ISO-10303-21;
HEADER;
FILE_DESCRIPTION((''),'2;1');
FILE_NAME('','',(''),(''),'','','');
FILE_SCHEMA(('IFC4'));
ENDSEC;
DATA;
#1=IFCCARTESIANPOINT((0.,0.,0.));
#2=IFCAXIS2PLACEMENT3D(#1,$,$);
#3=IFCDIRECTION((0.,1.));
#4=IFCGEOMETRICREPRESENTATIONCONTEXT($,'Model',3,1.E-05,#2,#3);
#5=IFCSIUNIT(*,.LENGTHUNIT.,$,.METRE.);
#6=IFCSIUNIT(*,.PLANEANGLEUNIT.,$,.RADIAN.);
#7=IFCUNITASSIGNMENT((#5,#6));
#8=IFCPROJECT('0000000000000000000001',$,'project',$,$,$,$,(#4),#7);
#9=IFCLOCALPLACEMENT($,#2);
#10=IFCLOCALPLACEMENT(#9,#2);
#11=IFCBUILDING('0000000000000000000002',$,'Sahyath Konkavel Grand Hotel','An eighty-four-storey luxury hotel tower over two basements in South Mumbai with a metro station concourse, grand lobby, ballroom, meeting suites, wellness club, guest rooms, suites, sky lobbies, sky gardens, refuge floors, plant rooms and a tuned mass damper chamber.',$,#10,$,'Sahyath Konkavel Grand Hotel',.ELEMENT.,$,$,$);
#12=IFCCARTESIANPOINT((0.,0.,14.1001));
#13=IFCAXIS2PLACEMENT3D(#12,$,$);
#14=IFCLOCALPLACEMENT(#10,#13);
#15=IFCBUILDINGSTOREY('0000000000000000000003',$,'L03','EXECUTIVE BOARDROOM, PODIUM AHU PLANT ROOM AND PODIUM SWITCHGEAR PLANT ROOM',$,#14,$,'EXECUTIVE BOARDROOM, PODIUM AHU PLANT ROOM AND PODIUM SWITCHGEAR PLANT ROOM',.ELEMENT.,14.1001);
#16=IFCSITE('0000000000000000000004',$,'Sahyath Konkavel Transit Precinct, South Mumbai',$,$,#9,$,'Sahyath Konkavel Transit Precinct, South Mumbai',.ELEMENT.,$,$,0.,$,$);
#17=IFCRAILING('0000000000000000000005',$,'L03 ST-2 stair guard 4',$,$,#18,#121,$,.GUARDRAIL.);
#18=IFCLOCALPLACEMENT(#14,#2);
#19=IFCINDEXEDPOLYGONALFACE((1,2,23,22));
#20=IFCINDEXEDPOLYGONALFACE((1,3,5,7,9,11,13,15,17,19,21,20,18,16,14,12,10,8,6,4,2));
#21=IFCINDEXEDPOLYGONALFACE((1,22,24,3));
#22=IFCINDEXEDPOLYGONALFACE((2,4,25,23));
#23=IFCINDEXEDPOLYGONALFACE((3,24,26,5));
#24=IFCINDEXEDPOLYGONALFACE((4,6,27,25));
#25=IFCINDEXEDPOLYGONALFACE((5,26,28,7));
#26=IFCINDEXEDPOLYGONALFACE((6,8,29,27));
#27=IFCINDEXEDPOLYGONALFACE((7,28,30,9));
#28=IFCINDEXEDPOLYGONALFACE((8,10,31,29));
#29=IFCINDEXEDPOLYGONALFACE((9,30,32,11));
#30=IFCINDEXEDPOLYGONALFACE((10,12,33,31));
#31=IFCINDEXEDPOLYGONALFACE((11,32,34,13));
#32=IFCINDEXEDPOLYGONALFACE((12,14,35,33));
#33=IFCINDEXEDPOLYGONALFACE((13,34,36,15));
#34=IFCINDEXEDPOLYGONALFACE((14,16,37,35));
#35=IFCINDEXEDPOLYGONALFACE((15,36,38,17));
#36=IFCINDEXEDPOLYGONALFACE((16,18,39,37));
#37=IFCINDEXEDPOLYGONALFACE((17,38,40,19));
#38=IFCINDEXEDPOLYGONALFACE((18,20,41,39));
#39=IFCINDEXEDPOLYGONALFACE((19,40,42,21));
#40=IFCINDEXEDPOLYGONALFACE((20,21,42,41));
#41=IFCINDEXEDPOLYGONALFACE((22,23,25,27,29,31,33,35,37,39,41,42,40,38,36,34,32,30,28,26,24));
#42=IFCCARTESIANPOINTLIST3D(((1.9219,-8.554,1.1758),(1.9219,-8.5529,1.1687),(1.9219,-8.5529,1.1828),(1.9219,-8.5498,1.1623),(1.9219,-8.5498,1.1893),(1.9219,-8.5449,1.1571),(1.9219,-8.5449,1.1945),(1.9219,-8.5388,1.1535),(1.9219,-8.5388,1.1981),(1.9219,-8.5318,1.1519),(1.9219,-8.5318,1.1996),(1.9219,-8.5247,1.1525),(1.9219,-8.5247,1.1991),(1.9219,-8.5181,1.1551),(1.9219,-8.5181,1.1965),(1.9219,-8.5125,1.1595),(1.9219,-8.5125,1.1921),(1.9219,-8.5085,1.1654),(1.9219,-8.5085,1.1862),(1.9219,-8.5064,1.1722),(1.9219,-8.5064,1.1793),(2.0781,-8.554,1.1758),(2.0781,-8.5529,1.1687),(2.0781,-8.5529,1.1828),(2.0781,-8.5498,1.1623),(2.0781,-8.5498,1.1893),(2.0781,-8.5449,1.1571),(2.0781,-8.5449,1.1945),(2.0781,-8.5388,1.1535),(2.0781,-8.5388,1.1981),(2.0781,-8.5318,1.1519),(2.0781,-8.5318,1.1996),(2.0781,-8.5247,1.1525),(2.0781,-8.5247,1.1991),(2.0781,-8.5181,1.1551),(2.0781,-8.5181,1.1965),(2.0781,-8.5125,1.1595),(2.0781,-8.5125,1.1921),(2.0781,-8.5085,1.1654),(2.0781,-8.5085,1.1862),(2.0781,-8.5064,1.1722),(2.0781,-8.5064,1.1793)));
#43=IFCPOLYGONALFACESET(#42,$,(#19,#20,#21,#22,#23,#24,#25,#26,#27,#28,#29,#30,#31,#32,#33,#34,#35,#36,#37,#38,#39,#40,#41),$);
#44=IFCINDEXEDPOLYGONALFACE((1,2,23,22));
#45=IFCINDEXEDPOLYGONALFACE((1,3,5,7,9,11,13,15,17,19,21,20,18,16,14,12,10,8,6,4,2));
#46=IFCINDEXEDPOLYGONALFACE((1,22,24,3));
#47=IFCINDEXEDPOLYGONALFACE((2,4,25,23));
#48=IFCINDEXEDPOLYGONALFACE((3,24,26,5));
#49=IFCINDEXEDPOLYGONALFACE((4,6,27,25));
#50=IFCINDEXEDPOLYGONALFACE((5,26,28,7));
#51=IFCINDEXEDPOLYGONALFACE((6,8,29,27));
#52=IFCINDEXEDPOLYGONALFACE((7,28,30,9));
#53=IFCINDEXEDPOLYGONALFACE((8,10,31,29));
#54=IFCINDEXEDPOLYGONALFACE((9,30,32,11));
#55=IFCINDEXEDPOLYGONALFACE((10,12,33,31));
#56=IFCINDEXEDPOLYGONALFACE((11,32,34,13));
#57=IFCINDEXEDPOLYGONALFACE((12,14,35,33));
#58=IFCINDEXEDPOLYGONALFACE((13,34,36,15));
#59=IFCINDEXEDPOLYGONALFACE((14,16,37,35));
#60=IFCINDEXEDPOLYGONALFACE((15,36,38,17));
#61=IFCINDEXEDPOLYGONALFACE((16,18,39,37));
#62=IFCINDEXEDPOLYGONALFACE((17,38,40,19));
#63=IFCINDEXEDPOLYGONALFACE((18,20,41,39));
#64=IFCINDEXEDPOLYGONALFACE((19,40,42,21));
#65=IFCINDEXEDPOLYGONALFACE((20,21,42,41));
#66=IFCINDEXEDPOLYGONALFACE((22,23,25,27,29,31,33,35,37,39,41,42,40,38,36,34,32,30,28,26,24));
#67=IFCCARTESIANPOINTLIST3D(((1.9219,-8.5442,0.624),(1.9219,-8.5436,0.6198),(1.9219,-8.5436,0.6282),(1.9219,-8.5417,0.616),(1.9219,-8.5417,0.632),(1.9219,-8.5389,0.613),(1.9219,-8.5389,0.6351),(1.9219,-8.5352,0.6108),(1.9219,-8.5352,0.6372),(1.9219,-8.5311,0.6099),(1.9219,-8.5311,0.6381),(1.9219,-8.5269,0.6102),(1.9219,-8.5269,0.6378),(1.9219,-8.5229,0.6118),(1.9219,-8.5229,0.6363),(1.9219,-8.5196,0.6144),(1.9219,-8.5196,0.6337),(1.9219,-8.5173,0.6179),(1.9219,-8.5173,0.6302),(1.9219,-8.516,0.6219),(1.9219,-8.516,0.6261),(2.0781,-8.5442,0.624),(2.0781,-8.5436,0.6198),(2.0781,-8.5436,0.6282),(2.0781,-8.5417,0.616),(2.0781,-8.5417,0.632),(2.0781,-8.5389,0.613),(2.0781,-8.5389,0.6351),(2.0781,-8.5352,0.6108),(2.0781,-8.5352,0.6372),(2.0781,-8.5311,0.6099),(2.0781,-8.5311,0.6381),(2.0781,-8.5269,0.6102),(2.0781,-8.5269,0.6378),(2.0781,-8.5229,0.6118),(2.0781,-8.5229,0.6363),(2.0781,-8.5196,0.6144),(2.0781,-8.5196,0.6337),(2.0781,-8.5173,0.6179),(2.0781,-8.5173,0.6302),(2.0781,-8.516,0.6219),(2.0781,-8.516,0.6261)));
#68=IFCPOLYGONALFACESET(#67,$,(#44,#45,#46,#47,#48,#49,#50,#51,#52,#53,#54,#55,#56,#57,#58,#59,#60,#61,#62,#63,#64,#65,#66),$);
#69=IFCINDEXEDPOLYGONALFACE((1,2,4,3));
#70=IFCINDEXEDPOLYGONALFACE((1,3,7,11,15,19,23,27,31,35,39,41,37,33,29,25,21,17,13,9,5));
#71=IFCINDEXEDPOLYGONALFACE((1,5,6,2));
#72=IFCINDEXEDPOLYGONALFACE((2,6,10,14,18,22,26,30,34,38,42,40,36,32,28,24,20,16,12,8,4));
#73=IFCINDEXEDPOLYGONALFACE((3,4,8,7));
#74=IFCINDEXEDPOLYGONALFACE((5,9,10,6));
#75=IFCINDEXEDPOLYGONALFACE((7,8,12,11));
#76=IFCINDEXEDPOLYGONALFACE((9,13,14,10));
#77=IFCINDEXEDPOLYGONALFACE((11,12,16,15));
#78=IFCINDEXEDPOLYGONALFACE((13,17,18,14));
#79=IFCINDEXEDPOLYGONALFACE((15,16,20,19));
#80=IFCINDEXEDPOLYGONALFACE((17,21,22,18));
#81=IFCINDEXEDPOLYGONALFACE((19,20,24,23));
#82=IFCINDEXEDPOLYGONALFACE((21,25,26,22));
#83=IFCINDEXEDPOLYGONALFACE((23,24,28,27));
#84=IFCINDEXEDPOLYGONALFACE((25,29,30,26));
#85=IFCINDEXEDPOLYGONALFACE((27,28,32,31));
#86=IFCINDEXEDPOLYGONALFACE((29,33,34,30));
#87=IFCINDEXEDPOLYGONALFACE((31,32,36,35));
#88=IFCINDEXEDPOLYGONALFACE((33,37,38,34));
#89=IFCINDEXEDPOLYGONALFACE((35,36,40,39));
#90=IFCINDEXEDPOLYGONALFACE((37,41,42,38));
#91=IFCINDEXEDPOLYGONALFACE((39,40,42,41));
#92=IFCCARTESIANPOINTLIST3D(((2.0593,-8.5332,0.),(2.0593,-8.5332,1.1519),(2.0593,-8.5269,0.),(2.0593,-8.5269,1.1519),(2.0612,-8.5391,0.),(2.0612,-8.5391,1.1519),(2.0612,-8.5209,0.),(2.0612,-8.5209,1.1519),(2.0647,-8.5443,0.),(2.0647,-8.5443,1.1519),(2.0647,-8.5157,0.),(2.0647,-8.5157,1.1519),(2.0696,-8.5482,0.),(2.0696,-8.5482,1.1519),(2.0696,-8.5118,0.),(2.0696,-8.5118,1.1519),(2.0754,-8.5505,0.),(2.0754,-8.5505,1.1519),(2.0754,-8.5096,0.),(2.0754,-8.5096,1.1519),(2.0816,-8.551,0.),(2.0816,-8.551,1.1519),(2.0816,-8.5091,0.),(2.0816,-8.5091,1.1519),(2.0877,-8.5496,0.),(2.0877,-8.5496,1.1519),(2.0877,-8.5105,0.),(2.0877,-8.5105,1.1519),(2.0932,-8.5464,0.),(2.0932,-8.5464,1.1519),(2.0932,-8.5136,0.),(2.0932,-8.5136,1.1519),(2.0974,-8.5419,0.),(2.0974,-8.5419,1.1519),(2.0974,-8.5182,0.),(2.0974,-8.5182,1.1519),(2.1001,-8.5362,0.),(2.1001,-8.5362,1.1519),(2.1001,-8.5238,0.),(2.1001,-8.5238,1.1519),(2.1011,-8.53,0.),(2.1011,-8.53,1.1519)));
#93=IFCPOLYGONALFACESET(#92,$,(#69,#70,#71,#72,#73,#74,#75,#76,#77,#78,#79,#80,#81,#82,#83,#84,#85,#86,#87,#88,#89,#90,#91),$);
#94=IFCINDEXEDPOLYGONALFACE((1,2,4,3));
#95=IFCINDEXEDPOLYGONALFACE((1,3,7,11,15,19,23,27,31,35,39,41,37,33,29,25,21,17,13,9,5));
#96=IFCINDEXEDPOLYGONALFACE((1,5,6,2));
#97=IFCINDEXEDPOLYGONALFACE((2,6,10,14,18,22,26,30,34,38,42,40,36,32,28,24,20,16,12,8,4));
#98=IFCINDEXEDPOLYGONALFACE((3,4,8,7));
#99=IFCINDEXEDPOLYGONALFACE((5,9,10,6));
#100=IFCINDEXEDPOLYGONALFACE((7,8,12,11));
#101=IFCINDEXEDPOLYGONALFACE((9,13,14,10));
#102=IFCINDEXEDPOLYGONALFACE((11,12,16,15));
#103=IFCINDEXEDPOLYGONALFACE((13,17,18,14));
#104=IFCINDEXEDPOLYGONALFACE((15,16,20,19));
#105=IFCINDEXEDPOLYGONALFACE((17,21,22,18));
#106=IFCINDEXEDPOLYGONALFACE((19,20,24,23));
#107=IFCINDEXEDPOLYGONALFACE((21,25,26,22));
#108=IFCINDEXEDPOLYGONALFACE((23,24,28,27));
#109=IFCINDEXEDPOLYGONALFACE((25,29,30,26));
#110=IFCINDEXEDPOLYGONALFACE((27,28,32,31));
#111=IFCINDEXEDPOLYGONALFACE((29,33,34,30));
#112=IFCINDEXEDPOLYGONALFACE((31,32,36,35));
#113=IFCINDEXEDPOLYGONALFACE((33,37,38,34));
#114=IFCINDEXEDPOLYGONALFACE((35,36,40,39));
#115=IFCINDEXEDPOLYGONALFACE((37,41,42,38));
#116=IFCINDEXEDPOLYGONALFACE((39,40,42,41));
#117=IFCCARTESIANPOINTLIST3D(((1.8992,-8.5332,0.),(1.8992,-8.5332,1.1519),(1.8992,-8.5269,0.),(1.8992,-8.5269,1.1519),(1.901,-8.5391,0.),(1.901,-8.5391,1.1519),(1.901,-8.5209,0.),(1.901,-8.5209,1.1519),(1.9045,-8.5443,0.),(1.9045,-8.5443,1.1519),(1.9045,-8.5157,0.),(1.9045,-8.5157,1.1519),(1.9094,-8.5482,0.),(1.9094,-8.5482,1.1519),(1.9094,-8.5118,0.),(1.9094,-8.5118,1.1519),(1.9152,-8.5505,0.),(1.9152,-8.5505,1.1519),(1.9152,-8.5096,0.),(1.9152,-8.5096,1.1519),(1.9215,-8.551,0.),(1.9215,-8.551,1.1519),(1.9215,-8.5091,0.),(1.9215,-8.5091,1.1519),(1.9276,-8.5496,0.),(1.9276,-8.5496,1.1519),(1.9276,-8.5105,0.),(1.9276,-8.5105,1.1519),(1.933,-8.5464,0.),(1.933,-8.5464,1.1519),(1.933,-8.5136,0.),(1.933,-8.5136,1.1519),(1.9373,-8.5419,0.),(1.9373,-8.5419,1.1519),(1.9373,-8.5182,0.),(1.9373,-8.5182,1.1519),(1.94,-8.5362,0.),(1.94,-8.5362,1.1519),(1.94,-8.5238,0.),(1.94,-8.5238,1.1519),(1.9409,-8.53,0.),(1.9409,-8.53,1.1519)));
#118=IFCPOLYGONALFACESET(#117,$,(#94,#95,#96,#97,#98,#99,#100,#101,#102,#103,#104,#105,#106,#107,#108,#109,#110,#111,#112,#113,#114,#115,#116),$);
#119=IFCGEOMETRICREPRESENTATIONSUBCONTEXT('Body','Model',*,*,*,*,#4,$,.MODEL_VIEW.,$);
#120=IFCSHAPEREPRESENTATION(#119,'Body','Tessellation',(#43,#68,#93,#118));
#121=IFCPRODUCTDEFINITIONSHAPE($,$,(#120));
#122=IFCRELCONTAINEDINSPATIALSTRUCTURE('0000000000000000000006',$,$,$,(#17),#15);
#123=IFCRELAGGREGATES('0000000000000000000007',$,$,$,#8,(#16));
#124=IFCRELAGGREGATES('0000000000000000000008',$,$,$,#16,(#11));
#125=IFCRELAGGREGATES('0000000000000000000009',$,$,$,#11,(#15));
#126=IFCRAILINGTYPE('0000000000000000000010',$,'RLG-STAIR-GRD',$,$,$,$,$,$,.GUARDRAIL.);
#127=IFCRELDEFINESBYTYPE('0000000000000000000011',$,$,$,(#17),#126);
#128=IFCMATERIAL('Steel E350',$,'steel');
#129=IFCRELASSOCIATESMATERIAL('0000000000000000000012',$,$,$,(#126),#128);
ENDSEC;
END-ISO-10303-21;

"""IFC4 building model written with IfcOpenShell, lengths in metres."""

from ifc_helpers import new_model, si_unit, direction, frame, origin, origin_2d, place, context, subcontext, project, spatial, circle, extrude, material, type_object, element, save


model = new_model("IFC4")

# Units and contexts
model_context = context("Model", 3, precision=1e-05, world=origin(), true_north=direction((0.0, 1.0)))
body_context = subcontext(model_context, "Body", "Model", "MODEL_VIEW")
ifc_project = project(units=[si_unit("LENGTHUNIT", "METRE"), si_unit("PLANEANGLEUNIT", "RADIAN")], contexts=[model_context])

# Site, building, storey
site_placement = place(None, origin())
site = spatial("IfcSite", under=ifc_project, at=site_placement, Name="Sahyath Konkavel Transit Precinct, South Mumbai", LongName="Sahyath Konkavel Transit Precinct, South Mumbai", CompositionType="ELEMENT", RefElevation=0.0)
building_placement = place(site_placement, origin())
building = spatial("IfcBuilding", under=site, at=building_placement, Name="Sahyath Konkavel Grand Hotel", Description="An eighty-four-storey luxury hotel tower over two basements in South Mumbai with a metro station concourse, grand lobby, ballroom, meeting suites, wellness club, guest rooms, suites, sky lobbies, sky gardens, refuge floors, plant rooms and a tuned mass damper chamber.", LongName="Sahyath Konkavel Grand Hotel", CompositionType="ELEMENT")
storey_placement = place(building_placement, frame((0.0, 0.0, 14.1001)))
storey = spatial("IfcBuildingStorey", under=building, at=storey_placement, Name="L03", Description="EXECUTIVE BOARDROOM, PODIUM AHU PLANT ROOM AND PODIUM SWITCHGEAR PLANT ROOM", LongName="EXECUTIVE BOARDROOM, PODIUM AHU PLANT ROOM AND PODIUM SWITCHGEAR PLANT ROOM", CompositionType="ELEMENT", Elevation=14.1001)

# Shared definitions
ifc_material_1 = material(Name="Steel E350", Category="steel")

# Railing
railing_type_1 = type_object("IfcRailingType", Name="RLG-STAIR-GRD", PredefinedType="GUARDRAIL", material=ifc_material_1)
railing_1_placement = place(storey_placement, frame((2.0801, -8.53, 0.0)))
element("IfcRailing", 1, at=railing_1_placement, inside=storey, type_object=railing_type_1, Name="L03 ST-2 stair guard 4", PredefinedType="GUARDRAIL", context=body_context, shape_type="SweptSolid", body=[
    extrude(circle(Radius=0.0239, at=origin_2d()), frame((-0.002, 0.0, 1.1758), z_axis=(-1.0, 0.0, 0.0), x_axis=(0.0, -1.0, 0.0)), (0.0, 0.0, 1.0), 0.1562),
    extrude(circle(Radius=0.0142, at=origin_2d()), frame((-0.002, 0.0, 0.624), z_axis=(-1.0, 0.0, 0.0), x_axis=(0.0, -1.0, 0.0)), (0.0, 0.0, 1.0), 0.1562),
    extrude(circle(Radius=0.021, at=origin_2d()), origin(), (0.0, 0.0, 1.0), 1.1519),
    extrude(circle(Radius=0.021, at=origin_2d()), frame((-0.1602, 0.0, 0.0)), (0.0, 0.0, 1.0), 1.1519),
])

save(model, "model.ifc")
